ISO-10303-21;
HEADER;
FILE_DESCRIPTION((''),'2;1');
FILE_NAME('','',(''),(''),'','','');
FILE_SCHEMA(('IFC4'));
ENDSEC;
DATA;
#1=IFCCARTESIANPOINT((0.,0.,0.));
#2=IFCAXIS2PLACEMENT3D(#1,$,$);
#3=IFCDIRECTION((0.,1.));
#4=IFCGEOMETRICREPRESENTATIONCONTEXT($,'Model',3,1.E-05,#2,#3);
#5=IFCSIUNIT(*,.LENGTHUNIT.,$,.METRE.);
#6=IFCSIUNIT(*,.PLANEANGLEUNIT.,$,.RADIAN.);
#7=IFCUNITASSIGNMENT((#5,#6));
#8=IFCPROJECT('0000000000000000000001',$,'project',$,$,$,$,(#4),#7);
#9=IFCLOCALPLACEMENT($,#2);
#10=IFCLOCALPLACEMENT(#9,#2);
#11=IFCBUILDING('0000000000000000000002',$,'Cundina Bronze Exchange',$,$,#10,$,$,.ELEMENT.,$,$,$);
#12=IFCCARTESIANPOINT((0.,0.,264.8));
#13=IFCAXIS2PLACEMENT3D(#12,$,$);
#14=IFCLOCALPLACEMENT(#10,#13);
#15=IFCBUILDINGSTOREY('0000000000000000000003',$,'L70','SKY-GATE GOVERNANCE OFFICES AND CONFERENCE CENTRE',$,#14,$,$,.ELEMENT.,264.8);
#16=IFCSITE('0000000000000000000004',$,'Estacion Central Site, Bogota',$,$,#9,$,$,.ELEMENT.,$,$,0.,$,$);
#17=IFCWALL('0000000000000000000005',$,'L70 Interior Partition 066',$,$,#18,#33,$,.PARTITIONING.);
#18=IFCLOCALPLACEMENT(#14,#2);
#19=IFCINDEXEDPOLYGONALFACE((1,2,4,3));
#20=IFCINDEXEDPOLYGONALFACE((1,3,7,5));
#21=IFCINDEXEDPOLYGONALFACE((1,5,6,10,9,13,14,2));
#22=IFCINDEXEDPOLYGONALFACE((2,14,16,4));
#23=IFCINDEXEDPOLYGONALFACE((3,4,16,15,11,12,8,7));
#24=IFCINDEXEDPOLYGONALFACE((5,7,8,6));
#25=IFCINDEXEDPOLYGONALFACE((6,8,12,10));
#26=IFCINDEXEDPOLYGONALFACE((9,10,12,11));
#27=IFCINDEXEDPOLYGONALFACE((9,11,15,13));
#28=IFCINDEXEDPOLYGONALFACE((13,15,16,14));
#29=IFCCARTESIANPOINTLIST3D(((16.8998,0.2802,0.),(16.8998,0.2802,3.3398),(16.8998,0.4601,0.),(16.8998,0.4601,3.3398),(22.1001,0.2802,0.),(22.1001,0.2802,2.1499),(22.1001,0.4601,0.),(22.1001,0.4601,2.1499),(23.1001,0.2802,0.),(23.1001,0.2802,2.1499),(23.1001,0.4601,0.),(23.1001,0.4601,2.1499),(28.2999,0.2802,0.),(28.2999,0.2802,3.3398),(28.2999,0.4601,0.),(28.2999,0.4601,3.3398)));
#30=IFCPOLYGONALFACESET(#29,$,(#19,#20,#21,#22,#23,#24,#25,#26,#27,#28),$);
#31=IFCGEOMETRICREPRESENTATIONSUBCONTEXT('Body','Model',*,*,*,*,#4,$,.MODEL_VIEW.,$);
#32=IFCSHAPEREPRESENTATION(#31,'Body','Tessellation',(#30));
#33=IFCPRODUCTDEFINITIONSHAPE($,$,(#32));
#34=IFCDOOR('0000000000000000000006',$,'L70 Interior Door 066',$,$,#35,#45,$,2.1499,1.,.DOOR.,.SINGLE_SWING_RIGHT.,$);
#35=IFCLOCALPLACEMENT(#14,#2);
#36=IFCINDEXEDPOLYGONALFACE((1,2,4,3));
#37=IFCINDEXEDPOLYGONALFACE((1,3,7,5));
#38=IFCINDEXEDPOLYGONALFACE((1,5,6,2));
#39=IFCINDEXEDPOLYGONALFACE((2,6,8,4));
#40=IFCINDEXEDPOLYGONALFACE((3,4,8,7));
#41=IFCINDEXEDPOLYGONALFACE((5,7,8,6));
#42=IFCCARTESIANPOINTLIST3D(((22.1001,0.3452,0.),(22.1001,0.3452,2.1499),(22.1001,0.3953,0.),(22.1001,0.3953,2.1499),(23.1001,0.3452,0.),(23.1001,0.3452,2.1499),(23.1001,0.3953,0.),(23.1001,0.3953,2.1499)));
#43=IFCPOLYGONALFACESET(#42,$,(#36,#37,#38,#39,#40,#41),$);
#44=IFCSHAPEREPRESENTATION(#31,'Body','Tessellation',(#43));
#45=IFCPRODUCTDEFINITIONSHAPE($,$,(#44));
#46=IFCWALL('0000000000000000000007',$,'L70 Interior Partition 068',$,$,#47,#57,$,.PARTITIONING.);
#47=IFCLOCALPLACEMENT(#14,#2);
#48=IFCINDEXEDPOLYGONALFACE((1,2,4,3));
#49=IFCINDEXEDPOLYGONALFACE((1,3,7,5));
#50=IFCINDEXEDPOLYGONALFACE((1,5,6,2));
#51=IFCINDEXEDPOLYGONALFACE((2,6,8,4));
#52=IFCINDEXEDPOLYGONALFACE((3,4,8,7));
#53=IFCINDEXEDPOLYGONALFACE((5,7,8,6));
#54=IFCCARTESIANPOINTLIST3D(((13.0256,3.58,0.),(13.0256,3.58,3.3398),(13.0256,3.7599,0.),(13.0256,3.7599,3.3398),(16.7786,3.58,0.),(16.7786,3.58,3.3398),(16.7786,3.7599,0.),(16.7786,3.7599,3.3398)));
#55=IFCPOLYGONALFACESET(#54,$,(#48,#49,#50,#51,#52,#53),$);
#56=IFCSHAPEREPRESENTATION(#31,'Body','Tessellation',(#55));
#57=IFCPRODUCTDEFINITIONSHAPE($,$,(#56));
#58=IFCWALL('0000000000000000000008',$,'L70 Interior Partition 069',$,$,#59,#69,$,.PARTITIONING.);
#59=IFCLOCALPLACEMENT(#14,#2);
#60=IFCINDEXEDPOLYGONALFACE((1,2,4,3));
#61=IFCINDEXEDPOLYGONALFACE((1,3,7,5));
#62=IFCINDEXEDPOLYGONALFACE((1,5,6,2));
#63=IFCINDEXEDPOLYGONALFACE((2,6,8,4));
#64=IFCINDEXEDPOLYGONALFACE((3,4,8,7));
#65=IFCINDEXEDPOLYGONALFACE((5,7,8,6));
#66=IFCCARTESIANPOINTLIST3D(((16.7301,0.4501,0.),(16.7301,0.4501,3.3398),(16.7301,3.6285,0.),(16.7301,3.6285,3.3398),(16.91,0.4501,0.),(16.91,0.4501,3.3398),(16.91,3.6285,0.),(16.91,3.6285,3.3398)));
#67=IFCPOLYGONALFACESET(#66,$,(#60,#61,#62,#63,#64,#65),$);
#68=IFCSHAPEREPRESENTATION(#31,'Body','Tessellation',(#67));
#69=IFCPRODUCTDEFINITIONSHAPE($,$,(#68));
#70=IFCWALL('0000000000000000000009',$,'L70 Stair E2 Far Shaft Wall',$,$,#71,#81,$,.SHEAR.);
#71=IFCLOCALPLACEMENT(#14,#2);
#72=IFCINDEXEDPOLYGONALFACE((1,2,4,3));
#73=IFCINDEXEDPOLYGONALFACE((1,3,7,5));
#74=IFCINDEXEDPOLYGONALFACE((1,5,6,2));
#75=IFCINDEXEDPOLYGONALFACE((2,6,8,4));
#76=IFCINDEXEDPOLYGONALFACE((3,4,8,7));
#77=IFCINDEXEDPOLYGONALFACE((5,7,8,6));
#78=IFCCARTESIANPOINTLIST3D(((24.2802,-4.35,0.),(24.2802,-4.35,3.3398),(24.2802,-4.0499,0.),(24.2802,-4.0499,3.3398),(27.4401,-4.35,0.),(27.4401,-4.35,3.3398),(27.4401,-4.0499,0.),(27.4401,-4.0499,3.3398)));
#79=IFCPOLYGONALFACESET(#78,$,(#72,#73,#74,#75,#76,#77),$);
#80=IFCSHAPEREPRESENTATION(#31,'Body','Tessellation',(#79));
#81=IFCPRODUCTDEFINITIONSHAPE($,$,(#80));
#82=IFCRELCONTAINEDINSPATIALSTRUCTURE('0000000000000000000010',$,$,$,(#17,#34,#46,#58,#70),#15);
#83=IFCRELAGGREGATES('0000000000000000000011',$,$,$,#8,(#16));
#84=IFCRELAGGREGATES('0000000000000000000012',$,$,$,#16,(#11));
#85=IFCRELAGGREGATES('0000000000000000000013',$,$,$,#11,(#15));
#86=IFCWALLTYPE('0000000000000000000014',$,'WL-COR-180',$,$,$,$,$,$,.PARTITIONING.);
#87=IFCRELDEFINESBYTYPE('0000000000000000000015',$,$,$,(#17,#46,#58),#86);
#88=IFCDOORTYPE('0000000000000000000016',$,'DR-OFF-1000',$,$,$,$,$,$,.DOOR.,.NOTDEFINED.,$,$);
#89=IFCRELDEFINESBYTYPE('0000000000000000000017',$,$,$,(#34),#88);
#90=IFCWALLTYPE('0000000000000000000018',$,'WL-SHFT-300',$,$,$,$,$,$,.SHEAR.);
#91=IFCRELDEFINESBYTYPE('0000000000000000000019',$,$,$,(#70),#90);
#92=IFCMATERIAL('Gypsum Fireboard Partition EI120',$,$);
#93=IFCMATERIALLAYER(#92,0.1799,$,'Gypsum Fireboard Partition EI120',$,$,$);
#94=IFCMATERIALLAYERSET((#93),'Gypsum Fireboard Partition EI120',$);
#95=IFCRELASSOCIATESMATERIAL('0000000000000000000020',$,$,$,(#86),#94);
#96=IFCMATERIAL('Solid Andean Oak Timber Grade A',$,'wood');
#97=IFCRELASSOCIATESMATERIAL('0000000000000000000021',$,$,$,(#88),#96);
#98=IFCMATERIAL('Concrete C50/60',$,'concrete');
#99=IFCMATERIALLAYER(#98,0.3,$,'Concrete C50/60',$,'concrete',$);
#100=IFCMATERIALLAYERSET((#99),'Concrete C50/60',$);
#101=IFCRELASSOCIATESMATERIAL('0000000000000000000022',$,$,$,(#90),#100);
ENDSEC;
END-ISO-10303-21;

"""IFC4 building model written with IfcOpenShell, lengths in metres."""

from ifc_helpers import new_model, si_unit, direction, frame, frame_2d, origin, place, context, subcontext, project, spatial, rectangle, extrude, material, layer, layer_set, type_object, element, fill, save


model = new_model("IFC4")

# Units and contexts
model_context = context("Model", 3, precision=1e-05, world=origin(), true_north=direction((0.0, 1.0)))
body_context = subcontext(model_context, "Body", "Model", "MODEL_VIEW")
ifc_project = project(units=[si_unit("LENGTHUNIT", "METRE"), si_unit("PLANEANGLEUNIT", "RADIAN")], contexts=[model_context])

# Site, building, storey
site_placement = place(None, origin())
site = spatial("IfcSite", under=ifc_project, at=site_placement, Name="Estacion Central Site, Bogota", CompositionType="ELEMENT", RefElevation=0.0)
building_placement = place(site_placement, origin())
building = spatial("IfcBuilding", under=site, at=building_placement, Name="Cundina Bronze Exchange", CompositionType="ELEMENT")
storey_placement = place(building_placement, frame((0.0, 0.0, 264.8)))
storey = spatial("IfcBuildingStorey", under=building, at=storey_placement, Name="L70", Description="SKY-GATE GOVERNANCE OFFICES AND CONFERENCE CENTRE", CompositionType="ELEMENT", Elevation=264.8)

# Wall, opening, door
ifc_material_1 = material(Name="Gypsum Fireboard Partition EI120")
ifc_layer_1 = layer(ifc_material_1, 0.1799, Name="Gypsum Fireboard Partition EI120")
ifc_layer_set_1 = layer_set([ifc_layer_1], Name="Gypsum Fireboard Partition EI120")
wall_type_1 = type_object("IfcWallType", Name="WL-COR-180", PredefinedType="PARTITIONING", material=ifc_layer_set_1)
ifc_material_2 = material(Name="Solid Andean Oak Timber Grade A", Category="wood")
wall_1_placement = place(storey_placement, frame((28.3, 0.3701, 0.0), z_axis=(0.0, 0.0, 1.0), x_axis=(-1.0, 0.0, 0.0)))
wall_1 = element("IfcWall", 1, at=wall_1_placement, inside=storey, type_object=wall_type_1, Name="L70 Interior Partition 066", PredefinedType="PARTITIONING", context=body_context, shape_type="SweptSolid", body=[
    extrude(rectangle(XDim=11.4001, YDim=0.1799, at=frame_2d((5.7002, 0.0))), origin(), (0.0, 0.0, 1.0), 3.3398),
])
opening_1_placement = place(wall_1_placement, frame((5.2, 0.0, 0.0)))
opening_1 = element("IfcOpeningElement", 2, at=opening_1_placement, cuts=wall_1, PredefinedType="OPENING", context=body_context, shape_type="SweptSolid", body=[
    extrude(rectangle(XDim=1.0, YDim=2.1499, at=frame_2d((0.5, 1.075))), frame((0.0, 0.0999, 0.0), z_axis=(0.0, -1.0, 0.0), x_axis=(1.0, 0.0, 0.0)), (0.0, 0.0, 1.0), 0.2),
])
door_type_1 = type_object("IfcDoorType", Name="DR-OFF-1000", OperationType="NOTDEFINED", PredefinedType="DOOR", material=ifc_material_2)
door_1_placement = place(opening_1_placement, origin())
door_1 = element("IfcDoor", 3, at=door_1_placement, inside=storey, type_object=door_type_1, Name="L70 Interior Door 066", OperationType="SINGLE_SWING_RIGHT", OverallHeight=2.1499, OverallWidth=1.0, PredefinedType="DOOR", context=body_context, shape_type="SweptSolid", body=[
    extrude(rectangle(XDim=1.0, YDim=2.1499, at=frame_2d((0.5, 1.075))), frame((0.0, 0.0249, 0.0), z_axis=(0.0, -1.0, 0.0), x_axis=(1.0, 0.0, 0.0)), (0.0, 0.0, 1.0), 0.05),
])
fill(opening_1, door_1)

# Walls
wall_2_placement = place(storey_placement, frame((16.7786, 3.6699, 0.0), z_axis=(0.0, 0.0, 1.0), x_axis=(-1.0, 0.0, 0.0)))
element("IfcWall", 4, at=wall_2_placement, inside=storey, type_object=wall_type_1, Name="L70 Interior Partition 068", PredefinedType="PARTITIONING", context=body_context, shape_type="SweptSolid", body=[
    extrude(rectangle(XDim=3.7529, YDim=0.1799, at=frame_2d((1.8765, 0.0))), origin(), (0.0, 0.0, 1.0), 3.3398),
])
wall_3_placement = place(storey_placement, frame((16.8201, 0.45, 0.0), z_axis=(0.0, 0.0, 1.0), x_axis=(0.0, 1.0, 0.0)))
element("IfcWall", 5, at=wall_3_placement, inside=storey, type_object=wall_type_1, Name="L70 Interior Partition 069", PredefinedType="PARTITIONING", context=body_context, shape_type="SweptSolid", body=[
    extrude(rectangle(XDim=3.1785, YDim=0.1799, at=frame_2d((1.5894, 0.0))), origin(), (0.0, 0.0, 1.0), 3.3398),
])

# Shared definitions
ifc_material_3 = material(Name="Concrete C50/60", Category="concrete")
ifc_layer_2 = layer(ifc_material_3, 0.3, Name="Concrete C50/60", Category="concrete")
ifc_layer_set_2 = layer_set([ifc_layer_2], Name="Concrete C50/60")
wall_type_2 = type_object("IfcWallType", Name="WL-SHFT-300", PredefinedType="SHEAR", material=ifc_layer_set_2)

# Wall
wall_4_placement = place(storey_placement, frame((24.28, -4.2, 0.0), z_axis=(0.0, 0.0, 1.0), x_axis=(1.0, 0.0, 0.0)))
element("IfcWall", 6, at=wall_4_placement, inside=storey, type_object=wall_type_2, Name="L70 Stair E2 Far Shaft Wall", PredefinedType="SHEAR", context=body_context, shape_type="SweptSolid", body=[
    extrude(rectangle(XDim=3.1599, YDim=0.3, at=frame_2d((1.5801, 0.0))), origin(), (0.0, 0.0, 1.0), 3.3398),
])

save(model, "model.ifc")
